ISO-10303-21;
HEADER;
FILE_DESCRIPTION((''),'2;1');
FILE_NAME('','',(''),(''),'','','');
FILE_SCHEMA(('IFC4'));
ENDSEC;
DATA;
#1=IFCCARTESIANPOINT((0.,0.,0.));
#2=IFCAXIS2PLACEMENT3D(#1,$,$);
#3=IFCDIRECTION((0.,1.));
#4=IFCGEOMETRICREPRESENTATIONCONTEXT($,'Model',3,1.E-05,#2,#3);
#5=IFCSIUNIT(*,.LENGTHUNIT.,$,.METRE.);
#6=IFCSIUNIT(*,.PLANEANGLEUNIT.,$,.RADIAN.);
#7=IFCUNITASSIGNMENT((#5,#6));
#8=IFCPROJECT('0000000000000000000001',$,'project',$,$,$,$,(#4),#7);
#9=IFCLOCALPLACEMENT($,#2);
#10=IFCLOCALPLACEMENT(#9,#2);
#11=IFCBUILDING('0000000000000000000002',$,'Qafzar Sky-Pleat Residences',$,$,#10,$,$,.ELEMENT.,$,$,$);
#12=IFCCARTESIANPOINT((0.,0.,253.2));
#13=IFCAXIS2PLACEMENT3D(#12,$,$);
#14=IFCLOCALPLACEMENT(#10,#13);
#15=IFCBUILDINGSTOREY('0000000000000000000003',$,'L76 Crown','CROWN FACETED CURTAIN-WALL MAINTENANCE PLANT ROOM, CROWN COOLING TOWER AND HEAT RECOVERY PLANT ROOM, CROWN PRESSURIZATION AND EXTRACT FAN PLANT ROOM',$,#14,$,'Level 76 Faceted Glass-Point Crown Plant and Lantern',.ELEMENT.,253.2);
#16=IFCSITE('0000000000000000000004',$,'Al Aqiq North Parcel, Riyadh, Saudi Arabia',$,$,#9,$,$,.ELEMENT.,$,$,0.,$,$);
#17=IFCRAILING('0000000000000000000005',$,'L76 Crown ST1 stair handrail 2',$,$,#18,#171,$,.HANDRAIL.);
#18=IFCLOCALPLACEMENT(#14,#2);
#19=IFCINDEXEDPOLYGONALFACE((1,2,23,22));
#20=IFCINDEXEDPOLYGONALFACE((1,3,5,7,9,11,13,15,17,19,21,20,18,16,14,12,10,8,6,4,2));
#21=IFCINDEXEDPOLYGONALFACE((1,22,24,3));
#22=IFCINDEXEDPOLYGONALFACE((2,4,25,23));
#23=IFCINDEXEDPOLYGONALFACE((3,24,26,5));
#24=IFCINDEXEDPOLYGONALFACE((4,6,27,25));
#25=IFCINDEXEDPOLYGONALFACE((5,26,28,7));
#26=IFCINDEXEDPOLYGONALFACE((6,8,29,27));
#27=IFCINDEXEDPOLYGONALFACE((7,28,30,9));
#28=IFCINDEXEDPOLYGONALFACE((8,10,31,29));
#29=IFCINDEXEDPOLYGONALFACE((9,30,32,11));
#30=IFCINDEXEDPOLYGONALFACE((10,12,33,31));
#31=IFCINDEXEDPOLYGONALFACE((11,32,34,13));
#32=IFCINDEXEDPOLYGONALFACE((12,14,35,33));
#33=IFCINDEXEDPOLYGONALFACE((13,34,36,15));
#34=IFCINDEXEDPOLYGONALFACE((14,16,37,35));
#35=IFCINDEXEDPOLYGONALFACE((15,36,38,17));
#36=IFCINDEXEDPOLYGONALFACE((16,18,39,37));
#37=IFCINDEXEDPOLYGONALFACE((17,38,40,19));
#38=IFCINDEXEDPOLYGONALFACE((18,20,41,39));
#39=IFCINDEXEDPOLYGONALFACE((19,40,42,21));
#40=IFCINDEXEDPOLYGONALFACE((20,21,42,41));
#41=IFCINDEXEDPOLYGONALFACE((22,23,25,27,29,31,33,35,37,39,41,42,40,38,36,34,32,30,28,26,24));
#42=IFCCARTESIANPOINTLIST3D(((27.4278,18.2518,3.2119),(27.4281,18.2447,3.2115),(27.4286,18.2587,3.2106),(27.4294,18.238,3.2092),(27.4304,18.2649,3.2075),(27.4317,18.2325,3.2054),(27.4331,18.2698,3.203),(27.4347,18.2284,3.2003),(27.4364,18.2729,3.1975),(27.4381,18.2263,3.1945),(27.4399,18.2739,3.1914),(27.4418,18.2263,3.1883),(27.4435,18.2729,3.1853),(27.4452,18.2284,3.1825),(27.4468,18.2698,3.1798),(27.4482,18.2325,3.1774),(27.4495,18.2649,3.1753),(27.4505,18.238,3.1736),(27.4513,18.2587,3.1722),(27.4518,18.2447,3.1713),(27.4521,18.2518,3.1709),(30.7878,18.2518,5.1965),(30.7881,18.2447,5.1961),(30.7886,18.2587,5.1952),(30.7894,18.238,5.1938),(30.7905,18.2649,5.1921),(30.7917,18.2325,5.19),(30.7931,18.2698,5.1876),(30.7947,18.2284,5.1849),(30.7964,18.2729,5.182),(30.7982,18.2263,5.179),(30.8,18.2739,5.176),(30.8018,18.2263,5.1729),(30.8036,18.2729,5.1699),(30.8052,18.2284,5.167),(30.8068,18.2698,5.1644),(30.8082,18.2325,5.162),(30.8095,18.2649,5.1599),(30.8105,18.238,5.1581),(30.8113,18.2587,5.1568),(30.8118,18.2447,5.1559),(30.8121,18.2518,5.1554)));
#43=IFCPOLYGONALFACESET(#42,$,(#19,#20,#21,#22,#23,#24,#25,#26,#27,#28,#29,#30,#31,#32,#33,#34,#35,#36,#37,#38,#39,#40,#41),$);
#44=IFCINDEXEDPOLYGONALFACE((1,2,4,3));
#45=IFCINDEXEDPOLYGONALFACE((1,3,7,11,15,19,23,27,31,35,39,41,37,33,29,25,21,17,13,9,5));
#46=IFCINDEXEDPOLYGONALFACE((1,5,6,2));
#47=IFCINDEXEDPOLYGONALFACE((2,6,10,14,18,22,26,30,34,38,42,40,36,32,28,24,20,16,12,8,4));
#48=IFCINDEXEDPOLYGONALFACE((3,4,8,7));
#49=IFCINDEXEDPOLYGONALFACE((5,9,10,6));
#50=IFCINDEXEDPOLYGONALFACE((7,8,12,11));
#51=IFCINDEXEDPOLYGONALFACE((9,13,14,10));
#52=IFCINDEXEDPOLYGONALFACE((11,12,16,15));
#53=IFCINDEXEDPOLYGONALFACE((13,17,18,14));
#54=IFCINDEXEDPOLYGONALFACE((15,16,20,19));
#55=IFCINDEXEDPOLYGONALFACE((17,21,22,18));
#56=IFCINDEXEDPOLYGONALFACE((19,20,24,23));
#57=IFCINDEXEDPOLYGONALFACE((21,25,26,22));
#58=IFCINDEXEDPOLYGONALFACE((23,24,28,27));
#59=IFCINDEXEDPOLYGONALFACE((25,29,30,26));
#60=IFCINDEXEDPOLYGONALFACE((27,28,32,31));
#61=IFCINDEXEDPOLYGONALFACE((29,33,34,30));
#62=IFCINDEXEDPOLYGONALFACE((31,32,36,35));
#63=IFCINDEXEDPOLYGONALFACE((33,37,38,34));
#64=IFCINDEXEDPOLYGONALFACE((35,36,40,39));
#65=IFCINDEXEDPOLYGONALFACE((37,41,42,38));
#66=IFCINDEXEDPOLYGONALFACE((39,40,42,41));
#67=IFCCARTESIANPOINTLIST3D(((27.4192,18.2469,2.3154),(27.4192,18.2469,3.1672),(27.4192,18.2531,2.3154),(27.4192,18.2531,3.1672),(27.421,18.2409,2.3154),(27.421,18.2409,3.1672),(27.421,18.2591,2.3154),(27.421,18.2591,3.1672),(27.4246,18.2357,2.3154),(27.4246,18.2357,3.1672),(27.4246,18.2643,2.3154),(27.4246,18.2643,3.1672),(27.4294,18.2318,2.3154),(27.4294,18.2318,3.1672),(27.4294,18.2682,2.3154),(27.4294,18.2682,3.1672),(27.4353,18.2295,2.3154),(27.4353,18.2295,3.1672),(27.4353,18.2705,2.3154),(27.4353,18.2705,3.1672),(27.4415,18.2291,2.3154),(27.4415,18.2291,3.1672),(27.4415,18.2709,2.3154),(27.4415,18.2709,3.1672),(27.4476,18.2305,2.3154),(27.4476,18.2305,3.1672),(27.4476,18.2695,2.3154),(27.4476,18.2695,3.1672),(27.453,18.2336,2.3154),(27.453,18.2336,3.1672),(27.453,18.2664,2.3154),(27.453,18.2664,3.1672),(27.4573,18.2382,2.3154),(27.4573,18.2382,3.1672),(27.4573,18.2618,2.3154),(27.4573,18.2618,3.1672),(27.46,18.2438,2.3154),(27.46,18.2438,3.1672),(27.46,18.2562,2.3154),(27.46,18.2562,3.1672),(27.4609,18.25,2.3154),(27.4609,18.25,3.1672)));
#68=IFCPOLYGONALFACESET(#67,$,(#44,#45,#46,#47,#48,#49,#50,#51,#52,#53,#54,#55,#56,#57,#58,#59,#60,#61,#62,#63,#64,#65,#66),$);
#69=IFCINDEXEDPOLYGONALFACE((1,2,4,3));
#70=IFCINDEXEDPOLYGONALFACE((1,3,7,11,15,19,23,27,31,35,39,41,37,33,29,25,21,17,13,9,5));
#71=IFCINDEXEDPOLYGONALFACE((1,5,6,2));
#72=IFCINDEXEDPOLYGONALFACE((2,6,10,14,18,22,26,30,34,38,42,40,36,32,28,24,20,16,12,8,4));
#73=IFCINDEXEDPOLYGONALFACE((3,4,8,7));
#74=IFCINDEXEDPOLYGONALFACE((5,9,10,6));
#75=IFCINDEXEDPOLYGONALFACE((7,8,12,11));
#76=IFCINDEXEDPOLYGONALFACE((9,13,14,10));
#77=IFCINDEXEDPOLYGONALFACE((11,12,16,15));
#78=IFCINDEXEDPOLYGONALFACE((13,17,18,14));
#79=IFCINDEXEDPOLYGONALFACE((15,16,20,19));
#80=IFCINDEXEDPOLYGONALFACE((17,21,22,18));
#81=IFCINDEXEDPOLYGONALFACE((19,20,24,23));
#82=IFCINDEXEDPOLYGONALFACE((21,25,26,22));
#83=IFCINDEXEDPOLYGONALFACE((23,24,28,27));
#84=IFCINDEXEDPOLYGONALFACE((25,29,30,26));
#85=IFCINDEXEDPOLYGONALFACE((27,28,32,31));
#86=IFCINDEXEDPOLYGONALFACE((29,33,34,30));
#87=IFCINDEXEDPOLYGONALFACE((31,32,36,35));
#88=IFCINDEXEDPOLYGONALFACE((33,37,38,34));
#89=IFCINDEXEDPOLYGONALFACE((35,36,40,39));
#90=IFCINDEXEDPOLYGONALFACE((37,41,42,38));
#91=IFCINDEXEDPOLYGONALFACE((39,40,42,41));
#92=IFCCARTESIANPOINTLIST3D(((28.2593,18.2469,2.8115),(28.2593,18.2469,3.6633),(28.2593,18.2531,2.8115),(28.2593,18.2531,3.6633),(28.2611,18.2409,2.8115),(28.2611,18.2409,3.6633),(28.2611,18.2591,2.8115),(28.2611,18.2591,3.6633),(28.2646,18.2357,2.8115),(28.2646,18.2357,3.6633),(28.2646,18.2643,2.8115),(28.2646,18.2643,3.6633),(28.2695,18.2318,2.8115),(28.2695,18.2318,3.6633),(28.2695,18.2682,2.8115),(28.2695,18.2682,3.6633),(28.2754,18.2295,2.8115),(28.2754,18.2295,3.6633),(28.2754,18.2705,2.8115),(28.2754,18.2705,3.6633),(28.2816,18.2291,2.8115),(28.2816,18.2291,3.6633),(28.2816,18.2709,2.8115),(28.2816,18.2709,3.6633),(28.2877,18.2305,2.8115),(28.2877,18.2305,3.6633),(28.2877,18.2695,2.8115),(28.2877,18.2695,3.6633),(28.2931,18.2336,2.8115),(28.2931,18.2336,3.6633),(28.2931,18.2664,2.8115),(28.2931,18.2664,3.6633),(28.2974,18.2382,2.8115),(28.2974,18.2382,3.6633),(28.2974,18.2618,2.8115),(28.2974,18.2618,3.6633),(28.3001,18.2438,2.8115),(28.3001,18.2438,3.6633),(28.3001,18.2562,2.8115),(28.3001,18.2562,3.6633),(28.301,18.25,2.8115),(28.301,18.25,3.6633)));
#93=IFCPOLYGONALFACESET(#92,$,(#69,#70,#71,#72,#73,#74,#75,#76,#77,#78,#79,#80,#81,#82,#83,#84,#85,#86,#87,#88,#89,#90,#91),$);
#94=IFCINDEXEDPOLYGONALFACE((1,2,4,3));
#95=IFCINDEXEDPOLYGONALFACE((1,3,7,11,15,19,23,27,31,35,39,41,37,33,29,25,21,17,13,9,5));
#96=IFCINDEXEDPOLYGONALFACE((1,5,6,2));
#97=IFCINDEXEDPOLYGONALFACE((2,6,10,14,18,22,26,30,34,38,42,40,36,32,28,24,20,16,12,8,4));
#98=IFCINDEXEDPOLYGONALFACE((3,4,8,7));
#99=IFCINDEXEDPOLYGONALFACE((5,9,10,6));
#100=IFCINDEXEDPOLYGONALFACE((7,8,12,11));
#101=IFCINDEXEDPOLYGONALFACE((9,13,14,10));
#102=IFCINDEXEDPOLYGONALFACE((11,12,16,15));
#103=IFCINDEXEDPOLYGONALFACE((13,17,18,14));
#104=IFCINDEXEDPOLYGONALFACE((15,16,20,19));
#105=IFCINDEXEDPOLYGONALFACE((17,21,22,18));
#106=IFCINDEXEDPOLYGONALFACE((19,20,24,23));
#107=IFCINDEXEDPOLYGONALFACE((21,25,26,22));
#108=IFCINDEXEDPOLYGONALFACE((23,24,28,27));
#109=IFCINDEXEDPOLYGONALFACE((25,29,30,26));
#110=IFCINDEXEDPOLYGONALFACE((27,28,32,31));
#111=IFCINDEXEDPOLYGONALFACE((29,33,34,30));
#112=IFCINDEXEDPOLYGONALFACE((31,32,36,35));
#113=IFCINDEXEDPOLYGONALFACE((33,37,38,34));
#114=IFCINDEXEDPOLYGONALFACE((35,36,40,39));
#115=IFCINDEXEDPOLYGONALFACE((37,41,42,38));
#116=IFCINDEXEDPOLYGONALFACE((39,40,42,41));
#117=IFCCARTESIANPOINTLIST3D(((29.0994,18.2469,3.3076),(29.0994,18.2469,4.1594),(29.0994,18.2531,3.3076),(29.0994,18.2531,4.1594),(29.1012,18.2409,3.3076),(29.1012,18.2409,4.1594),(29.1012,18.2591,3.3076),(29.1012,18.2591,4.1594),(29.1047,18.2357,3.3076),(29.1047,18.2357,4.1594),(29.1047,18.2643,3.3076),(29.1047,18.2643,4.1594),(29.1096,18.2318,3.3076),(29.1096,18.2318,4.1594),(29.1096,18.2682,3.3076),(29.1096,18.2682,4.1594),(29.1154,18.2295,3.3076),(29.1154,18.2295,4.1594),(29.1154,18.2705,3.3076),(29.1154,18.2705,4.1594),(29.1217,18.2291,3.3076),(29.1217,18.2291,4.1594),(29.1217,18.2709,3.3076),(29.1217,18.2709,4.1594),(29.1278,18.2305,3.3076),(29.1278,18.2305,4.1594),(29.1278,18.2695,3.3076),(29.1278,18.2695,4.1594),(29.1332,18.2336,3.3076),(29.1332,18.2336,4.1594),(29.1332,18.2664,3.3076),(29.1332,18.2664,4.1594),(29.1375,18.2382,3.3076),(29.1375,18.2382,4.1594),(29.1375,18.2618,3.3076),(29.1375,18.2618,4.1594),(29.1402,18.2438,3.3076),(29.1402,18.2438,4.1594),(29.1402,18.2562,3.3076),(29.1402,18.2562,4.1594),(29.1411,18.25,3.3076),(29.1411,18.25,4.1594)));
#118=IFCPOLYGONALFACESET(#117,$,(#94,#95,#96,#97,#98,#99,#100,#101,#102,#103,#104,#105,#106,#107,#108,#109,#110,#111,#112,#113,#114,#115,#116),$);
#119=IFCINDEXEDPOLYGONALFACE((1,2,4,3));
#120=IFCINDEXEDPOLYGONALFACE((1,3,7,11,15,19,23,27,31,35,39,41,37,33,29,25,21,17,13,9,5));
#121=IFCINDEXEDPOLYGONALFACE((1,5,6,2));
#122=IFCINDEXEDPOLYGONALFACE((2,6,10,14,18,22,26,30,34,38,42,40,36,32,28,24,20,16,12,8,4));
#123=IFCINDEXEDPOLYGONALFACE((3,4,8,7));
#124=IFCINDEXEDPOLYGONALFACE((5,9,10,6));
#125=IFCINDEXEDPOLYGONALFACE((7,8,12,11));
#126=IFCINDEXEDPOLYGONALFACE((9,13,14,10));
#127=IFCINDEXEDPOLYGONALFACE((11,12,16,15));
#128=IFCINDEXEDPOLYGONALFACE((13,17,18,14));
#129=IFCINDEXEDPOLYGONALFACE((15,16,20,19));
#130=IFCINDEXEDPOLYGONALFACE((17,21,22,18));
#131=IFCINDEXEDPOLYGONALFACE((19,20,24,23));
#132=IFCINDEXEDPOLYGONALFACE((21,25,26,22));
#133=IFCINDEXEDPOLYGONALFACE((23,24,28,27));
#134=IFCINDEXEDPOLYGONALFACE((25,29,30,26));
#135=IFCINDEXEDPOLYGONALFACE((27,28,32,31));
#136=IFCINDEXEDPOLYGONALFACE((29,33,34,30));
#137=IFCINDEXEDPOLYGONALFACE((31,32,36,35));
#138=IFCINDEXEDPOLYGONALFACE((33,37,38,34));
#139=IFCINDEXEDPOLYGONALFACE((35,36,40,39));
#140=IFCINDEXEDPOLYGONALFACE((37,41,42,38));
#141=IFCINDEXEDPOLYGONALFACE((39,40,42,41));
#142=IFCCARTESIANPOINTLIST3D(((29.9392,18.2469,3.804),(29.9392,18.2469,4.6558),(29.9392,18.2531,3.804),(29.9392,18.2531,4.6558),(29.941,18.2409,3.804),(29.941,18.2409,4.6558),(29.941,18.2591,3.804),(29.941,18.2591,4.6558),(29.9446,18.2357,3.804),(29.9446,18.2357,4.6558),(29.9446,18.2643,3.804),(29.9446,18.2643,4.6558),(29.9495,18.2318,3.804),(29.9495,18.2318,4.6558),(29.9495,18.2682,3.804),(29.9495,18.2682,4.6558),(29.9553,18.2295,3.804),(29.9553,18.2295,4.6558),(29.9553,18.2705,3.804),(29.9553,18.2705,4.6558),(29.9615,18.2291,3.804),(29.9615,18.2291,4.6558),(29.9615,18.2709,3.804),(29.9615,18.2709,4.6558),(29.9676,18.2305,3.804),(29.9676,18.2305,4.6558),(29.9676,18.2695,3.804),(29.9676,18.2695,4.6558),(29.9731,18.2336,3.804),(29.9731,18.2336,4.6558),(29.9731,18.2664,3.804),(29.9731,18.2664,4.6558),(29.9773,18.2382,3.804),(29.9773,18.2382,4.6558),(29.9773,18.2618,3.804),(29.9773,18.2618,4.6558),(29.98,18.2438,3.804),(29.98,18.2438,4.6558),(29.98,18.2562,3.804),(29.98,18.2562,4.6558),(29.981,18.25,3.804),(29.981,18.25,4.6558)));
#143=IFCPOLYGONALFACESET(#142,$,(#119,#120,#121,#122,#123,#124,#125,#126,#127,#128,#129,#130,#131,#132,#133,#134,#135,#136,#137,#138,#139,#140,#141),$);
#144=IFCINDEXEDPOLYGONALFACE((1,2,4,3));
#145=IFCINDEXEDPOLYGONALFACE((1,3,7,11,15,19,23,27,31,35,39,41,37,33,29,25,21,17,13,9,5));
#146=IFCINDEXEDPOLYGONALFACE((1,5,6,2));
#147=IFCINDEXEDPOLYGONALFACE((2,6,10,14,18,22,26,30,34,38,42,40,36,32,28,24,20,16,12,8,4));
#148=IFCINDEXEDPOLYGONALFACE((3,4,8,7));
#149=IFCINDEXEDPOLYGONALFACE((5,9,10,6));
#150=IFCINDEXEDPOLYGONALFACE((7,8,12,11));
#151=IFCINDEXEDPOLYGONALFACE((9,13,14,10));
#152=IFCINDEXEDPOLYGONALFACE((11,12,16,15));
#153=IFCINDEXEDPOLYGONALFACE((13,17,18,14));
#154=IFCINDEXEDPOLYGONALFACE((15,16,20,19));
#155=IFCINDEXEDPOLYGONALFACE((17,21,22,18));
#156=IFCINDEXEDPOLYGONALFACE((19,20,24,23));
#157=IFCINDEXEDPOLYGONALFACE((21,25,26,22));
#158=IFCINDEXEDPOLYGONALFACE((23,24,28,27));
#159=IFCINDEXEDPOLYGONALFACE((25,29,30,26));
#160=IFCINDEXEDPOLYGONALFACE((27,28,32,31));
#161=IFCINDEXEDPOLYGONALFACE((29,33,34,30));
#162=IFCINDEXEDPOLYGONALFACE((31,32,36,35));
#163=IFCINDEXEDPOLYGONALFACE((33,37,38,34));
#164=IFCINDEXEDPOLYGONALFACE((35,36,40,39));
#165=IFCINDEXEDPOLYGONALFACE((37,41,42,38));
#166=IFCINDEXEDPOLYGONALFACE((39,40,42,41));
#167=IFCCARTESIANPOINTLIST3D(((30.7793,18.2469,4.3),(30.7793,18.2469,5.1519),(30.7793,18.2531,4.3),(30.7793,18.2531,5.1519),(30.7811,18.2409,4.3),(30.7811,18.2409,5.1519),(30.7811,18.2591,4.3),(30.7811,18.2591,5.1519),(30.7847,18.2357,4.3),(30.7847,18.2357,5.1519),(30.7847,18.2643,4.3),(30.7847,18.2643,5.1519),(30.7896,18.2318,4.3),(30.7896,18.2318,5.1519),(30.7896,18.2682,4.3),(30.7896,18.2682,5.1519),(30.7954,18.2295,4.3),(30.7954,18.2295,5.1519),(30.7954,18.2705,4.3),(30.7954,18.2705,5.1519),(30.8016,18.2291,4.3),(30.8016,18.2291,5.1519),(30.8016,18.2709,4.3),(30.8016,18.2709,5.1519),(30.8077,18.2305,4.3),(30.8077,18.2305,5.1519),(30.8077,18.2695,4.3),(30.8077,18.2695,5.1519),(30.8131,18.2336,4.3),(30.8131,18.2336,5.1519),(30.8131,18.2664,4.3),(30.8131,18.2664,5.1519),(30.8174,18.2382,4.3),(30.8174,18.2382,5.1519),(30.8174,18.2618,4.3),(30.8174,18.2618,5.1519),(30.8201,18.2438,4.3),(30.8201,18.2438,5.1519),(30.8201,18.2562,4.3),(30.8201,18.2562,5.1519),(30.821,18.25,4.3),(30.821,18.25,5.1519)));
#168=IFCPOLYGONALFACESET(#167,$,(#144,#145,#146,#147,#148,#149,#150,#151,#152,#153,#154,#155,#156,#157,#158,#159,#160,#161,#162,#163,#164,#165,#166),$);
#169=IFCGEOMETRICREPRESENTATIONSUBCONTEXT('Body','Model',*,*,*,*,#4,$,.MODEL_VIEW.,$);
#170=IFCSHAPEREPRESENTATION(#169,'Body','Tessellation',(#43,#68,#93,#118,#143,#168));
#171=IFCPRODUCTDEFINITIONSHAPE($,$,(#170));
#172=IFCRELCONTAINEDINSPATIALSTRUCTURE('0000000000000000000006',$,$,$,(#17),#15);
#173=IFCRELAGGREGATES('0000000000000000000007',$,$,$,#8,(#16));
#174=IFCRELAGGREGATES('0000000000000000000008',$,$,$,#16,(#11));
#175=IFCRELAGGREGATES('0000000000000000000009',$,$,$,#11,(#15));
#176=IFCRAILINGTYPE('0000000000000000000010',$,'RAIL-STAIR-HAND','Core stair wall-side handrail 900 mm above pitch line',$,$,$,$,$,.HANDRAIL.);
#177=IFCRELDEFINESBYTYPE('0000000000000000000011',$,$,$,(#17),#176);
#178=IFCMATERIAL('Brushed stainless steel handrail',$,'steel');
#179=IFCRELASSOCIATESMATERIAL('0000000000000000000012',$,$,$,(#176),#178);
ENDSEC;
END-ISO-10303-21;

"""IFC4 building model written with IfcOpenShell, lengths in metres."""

from ifc_helpers import new_model, si_unit, direction, frame, origin, origin_2d, place, context, subcontext, project, spatial, circle, extrude, source, transform, mapped, material, type_object, element, save


model = new_model("IFC4")

# Units and contexts
model_context = context("Model", 3, precision=1e-05, world=origin(), true_north=direction((0.0, 1.0)))
body_context = subcontext(model_context, "Body", "Model", "MODEL_VIEW")
ifc_project = project(units=[si_unit("LENGTHUNIT", "METRE"), si_unit("PLANEANGLEUNIT", "RADIAN")], contexts=[model_context])

# Site, building, storey
site_placement = place(None, origin())
site = spatial("IfcSite", under=ifc_project, at=site_placement, Name="Al Aqiq North Parcel, Riyadh, Saudi Arabia", CompositionType="ELEMENT", RefElevation=0.0)
building_placement = place(site_placement, origin())
building = spatial("IfcBuilding", under=site, at=building_placement, Name="Qafzar Sky-Pleat Residences", CompositionType="ELEMENT")
storey_placement = place(building_placement, frame((0.0, 0.0, 253.2)))
storey = spatial("IfcBuildingStorey", under=building, at=storey_placement, Name="L76 Crown", Description="CROWN FACETED CURTAIN-WALL MAINTENANCE PLANT ROOM, CROWN COOLING TOWER AND HEAT RECOVERY PLANT ROOM, CROWN PRESSURIZATION AND EXTRACT FAN PLANT ROOM", LongName="Level 76 Faceted Glass-Point Crown Plant and Lantern", CompositionType="ELEMENT", Elevation=253.2)

# Railing
ifc_material_1 = material(Name="Brushed stainless steel handrail", Category="steel")
railing_type_1 = type_object("IfcRailingType", Name="RAIL-STAIR-HAND", Description="Core stair wall-side handrail 900 mm above pitch line", PredefinedType="HANDRAIL", material=ifc_material_1)
shared_shape_1 = source(origin(), body_context, "Body", "SweptSolid", [
    extrude(circle(Radius=0.0239, at=origin_2d()), frame((0.0, 0.0, 0.876), z_axis=(0.861027, 0.0, 0.508559), x_axis=(0.0, 1.0, 0.0)), (0.0, 0.0, 1.0), 3.9023),
    extrude(circle(Radius=0.021, at=origin_2d()), origin(), (0.0, 0.0, 1.0), 0.8518),
    extrude(circle(Radius=0.021, at=origin_2d()), frame((0.8401, 0.0, 0.4961)), (0.0, 0.0, 1.0), 0.8518),
    extrude(circle(Radius=0.021, at=origin_2d()), frame((1.6802, 0.0, 0.9922)), (0.0, 0.0, 1.0), 0.8518),
    extrude(circle(Radius=0.021, at=origin_2d()), frame((2.52, 0.0, 1.4885)), (0.0, 0.0, 1.0), 0.8518),
    extrude(circle(Radius=0.021, at=origin_2d()), frame((3.3601, 0.0, 1.9846)), (0.0, 0.0, 1.0), 0.8518),
])
railing_1_placement = place(storey_placement, frame((27.4399, 18.25, 2.3154)))
element("IfcRailing", 1, at=railing_1_placement, inside=storey, type_object=railing_type_1, Name="L76 Crown ST1 stair handrail 2", PredefinedType="HANDRAIL", context=body_context, shape_type="MappedRepresentation", body=[
    mapped(shared_shape_1, transform((0.0, 0.0, 0.0), x_axis=(1.0, 0.0, 0.0), y_axis=(0.0, 1.0, 0.0), z_axis=(0.0, 0.0, 1.0), scale=1.0)),
])

save(model, "model.ifc")
